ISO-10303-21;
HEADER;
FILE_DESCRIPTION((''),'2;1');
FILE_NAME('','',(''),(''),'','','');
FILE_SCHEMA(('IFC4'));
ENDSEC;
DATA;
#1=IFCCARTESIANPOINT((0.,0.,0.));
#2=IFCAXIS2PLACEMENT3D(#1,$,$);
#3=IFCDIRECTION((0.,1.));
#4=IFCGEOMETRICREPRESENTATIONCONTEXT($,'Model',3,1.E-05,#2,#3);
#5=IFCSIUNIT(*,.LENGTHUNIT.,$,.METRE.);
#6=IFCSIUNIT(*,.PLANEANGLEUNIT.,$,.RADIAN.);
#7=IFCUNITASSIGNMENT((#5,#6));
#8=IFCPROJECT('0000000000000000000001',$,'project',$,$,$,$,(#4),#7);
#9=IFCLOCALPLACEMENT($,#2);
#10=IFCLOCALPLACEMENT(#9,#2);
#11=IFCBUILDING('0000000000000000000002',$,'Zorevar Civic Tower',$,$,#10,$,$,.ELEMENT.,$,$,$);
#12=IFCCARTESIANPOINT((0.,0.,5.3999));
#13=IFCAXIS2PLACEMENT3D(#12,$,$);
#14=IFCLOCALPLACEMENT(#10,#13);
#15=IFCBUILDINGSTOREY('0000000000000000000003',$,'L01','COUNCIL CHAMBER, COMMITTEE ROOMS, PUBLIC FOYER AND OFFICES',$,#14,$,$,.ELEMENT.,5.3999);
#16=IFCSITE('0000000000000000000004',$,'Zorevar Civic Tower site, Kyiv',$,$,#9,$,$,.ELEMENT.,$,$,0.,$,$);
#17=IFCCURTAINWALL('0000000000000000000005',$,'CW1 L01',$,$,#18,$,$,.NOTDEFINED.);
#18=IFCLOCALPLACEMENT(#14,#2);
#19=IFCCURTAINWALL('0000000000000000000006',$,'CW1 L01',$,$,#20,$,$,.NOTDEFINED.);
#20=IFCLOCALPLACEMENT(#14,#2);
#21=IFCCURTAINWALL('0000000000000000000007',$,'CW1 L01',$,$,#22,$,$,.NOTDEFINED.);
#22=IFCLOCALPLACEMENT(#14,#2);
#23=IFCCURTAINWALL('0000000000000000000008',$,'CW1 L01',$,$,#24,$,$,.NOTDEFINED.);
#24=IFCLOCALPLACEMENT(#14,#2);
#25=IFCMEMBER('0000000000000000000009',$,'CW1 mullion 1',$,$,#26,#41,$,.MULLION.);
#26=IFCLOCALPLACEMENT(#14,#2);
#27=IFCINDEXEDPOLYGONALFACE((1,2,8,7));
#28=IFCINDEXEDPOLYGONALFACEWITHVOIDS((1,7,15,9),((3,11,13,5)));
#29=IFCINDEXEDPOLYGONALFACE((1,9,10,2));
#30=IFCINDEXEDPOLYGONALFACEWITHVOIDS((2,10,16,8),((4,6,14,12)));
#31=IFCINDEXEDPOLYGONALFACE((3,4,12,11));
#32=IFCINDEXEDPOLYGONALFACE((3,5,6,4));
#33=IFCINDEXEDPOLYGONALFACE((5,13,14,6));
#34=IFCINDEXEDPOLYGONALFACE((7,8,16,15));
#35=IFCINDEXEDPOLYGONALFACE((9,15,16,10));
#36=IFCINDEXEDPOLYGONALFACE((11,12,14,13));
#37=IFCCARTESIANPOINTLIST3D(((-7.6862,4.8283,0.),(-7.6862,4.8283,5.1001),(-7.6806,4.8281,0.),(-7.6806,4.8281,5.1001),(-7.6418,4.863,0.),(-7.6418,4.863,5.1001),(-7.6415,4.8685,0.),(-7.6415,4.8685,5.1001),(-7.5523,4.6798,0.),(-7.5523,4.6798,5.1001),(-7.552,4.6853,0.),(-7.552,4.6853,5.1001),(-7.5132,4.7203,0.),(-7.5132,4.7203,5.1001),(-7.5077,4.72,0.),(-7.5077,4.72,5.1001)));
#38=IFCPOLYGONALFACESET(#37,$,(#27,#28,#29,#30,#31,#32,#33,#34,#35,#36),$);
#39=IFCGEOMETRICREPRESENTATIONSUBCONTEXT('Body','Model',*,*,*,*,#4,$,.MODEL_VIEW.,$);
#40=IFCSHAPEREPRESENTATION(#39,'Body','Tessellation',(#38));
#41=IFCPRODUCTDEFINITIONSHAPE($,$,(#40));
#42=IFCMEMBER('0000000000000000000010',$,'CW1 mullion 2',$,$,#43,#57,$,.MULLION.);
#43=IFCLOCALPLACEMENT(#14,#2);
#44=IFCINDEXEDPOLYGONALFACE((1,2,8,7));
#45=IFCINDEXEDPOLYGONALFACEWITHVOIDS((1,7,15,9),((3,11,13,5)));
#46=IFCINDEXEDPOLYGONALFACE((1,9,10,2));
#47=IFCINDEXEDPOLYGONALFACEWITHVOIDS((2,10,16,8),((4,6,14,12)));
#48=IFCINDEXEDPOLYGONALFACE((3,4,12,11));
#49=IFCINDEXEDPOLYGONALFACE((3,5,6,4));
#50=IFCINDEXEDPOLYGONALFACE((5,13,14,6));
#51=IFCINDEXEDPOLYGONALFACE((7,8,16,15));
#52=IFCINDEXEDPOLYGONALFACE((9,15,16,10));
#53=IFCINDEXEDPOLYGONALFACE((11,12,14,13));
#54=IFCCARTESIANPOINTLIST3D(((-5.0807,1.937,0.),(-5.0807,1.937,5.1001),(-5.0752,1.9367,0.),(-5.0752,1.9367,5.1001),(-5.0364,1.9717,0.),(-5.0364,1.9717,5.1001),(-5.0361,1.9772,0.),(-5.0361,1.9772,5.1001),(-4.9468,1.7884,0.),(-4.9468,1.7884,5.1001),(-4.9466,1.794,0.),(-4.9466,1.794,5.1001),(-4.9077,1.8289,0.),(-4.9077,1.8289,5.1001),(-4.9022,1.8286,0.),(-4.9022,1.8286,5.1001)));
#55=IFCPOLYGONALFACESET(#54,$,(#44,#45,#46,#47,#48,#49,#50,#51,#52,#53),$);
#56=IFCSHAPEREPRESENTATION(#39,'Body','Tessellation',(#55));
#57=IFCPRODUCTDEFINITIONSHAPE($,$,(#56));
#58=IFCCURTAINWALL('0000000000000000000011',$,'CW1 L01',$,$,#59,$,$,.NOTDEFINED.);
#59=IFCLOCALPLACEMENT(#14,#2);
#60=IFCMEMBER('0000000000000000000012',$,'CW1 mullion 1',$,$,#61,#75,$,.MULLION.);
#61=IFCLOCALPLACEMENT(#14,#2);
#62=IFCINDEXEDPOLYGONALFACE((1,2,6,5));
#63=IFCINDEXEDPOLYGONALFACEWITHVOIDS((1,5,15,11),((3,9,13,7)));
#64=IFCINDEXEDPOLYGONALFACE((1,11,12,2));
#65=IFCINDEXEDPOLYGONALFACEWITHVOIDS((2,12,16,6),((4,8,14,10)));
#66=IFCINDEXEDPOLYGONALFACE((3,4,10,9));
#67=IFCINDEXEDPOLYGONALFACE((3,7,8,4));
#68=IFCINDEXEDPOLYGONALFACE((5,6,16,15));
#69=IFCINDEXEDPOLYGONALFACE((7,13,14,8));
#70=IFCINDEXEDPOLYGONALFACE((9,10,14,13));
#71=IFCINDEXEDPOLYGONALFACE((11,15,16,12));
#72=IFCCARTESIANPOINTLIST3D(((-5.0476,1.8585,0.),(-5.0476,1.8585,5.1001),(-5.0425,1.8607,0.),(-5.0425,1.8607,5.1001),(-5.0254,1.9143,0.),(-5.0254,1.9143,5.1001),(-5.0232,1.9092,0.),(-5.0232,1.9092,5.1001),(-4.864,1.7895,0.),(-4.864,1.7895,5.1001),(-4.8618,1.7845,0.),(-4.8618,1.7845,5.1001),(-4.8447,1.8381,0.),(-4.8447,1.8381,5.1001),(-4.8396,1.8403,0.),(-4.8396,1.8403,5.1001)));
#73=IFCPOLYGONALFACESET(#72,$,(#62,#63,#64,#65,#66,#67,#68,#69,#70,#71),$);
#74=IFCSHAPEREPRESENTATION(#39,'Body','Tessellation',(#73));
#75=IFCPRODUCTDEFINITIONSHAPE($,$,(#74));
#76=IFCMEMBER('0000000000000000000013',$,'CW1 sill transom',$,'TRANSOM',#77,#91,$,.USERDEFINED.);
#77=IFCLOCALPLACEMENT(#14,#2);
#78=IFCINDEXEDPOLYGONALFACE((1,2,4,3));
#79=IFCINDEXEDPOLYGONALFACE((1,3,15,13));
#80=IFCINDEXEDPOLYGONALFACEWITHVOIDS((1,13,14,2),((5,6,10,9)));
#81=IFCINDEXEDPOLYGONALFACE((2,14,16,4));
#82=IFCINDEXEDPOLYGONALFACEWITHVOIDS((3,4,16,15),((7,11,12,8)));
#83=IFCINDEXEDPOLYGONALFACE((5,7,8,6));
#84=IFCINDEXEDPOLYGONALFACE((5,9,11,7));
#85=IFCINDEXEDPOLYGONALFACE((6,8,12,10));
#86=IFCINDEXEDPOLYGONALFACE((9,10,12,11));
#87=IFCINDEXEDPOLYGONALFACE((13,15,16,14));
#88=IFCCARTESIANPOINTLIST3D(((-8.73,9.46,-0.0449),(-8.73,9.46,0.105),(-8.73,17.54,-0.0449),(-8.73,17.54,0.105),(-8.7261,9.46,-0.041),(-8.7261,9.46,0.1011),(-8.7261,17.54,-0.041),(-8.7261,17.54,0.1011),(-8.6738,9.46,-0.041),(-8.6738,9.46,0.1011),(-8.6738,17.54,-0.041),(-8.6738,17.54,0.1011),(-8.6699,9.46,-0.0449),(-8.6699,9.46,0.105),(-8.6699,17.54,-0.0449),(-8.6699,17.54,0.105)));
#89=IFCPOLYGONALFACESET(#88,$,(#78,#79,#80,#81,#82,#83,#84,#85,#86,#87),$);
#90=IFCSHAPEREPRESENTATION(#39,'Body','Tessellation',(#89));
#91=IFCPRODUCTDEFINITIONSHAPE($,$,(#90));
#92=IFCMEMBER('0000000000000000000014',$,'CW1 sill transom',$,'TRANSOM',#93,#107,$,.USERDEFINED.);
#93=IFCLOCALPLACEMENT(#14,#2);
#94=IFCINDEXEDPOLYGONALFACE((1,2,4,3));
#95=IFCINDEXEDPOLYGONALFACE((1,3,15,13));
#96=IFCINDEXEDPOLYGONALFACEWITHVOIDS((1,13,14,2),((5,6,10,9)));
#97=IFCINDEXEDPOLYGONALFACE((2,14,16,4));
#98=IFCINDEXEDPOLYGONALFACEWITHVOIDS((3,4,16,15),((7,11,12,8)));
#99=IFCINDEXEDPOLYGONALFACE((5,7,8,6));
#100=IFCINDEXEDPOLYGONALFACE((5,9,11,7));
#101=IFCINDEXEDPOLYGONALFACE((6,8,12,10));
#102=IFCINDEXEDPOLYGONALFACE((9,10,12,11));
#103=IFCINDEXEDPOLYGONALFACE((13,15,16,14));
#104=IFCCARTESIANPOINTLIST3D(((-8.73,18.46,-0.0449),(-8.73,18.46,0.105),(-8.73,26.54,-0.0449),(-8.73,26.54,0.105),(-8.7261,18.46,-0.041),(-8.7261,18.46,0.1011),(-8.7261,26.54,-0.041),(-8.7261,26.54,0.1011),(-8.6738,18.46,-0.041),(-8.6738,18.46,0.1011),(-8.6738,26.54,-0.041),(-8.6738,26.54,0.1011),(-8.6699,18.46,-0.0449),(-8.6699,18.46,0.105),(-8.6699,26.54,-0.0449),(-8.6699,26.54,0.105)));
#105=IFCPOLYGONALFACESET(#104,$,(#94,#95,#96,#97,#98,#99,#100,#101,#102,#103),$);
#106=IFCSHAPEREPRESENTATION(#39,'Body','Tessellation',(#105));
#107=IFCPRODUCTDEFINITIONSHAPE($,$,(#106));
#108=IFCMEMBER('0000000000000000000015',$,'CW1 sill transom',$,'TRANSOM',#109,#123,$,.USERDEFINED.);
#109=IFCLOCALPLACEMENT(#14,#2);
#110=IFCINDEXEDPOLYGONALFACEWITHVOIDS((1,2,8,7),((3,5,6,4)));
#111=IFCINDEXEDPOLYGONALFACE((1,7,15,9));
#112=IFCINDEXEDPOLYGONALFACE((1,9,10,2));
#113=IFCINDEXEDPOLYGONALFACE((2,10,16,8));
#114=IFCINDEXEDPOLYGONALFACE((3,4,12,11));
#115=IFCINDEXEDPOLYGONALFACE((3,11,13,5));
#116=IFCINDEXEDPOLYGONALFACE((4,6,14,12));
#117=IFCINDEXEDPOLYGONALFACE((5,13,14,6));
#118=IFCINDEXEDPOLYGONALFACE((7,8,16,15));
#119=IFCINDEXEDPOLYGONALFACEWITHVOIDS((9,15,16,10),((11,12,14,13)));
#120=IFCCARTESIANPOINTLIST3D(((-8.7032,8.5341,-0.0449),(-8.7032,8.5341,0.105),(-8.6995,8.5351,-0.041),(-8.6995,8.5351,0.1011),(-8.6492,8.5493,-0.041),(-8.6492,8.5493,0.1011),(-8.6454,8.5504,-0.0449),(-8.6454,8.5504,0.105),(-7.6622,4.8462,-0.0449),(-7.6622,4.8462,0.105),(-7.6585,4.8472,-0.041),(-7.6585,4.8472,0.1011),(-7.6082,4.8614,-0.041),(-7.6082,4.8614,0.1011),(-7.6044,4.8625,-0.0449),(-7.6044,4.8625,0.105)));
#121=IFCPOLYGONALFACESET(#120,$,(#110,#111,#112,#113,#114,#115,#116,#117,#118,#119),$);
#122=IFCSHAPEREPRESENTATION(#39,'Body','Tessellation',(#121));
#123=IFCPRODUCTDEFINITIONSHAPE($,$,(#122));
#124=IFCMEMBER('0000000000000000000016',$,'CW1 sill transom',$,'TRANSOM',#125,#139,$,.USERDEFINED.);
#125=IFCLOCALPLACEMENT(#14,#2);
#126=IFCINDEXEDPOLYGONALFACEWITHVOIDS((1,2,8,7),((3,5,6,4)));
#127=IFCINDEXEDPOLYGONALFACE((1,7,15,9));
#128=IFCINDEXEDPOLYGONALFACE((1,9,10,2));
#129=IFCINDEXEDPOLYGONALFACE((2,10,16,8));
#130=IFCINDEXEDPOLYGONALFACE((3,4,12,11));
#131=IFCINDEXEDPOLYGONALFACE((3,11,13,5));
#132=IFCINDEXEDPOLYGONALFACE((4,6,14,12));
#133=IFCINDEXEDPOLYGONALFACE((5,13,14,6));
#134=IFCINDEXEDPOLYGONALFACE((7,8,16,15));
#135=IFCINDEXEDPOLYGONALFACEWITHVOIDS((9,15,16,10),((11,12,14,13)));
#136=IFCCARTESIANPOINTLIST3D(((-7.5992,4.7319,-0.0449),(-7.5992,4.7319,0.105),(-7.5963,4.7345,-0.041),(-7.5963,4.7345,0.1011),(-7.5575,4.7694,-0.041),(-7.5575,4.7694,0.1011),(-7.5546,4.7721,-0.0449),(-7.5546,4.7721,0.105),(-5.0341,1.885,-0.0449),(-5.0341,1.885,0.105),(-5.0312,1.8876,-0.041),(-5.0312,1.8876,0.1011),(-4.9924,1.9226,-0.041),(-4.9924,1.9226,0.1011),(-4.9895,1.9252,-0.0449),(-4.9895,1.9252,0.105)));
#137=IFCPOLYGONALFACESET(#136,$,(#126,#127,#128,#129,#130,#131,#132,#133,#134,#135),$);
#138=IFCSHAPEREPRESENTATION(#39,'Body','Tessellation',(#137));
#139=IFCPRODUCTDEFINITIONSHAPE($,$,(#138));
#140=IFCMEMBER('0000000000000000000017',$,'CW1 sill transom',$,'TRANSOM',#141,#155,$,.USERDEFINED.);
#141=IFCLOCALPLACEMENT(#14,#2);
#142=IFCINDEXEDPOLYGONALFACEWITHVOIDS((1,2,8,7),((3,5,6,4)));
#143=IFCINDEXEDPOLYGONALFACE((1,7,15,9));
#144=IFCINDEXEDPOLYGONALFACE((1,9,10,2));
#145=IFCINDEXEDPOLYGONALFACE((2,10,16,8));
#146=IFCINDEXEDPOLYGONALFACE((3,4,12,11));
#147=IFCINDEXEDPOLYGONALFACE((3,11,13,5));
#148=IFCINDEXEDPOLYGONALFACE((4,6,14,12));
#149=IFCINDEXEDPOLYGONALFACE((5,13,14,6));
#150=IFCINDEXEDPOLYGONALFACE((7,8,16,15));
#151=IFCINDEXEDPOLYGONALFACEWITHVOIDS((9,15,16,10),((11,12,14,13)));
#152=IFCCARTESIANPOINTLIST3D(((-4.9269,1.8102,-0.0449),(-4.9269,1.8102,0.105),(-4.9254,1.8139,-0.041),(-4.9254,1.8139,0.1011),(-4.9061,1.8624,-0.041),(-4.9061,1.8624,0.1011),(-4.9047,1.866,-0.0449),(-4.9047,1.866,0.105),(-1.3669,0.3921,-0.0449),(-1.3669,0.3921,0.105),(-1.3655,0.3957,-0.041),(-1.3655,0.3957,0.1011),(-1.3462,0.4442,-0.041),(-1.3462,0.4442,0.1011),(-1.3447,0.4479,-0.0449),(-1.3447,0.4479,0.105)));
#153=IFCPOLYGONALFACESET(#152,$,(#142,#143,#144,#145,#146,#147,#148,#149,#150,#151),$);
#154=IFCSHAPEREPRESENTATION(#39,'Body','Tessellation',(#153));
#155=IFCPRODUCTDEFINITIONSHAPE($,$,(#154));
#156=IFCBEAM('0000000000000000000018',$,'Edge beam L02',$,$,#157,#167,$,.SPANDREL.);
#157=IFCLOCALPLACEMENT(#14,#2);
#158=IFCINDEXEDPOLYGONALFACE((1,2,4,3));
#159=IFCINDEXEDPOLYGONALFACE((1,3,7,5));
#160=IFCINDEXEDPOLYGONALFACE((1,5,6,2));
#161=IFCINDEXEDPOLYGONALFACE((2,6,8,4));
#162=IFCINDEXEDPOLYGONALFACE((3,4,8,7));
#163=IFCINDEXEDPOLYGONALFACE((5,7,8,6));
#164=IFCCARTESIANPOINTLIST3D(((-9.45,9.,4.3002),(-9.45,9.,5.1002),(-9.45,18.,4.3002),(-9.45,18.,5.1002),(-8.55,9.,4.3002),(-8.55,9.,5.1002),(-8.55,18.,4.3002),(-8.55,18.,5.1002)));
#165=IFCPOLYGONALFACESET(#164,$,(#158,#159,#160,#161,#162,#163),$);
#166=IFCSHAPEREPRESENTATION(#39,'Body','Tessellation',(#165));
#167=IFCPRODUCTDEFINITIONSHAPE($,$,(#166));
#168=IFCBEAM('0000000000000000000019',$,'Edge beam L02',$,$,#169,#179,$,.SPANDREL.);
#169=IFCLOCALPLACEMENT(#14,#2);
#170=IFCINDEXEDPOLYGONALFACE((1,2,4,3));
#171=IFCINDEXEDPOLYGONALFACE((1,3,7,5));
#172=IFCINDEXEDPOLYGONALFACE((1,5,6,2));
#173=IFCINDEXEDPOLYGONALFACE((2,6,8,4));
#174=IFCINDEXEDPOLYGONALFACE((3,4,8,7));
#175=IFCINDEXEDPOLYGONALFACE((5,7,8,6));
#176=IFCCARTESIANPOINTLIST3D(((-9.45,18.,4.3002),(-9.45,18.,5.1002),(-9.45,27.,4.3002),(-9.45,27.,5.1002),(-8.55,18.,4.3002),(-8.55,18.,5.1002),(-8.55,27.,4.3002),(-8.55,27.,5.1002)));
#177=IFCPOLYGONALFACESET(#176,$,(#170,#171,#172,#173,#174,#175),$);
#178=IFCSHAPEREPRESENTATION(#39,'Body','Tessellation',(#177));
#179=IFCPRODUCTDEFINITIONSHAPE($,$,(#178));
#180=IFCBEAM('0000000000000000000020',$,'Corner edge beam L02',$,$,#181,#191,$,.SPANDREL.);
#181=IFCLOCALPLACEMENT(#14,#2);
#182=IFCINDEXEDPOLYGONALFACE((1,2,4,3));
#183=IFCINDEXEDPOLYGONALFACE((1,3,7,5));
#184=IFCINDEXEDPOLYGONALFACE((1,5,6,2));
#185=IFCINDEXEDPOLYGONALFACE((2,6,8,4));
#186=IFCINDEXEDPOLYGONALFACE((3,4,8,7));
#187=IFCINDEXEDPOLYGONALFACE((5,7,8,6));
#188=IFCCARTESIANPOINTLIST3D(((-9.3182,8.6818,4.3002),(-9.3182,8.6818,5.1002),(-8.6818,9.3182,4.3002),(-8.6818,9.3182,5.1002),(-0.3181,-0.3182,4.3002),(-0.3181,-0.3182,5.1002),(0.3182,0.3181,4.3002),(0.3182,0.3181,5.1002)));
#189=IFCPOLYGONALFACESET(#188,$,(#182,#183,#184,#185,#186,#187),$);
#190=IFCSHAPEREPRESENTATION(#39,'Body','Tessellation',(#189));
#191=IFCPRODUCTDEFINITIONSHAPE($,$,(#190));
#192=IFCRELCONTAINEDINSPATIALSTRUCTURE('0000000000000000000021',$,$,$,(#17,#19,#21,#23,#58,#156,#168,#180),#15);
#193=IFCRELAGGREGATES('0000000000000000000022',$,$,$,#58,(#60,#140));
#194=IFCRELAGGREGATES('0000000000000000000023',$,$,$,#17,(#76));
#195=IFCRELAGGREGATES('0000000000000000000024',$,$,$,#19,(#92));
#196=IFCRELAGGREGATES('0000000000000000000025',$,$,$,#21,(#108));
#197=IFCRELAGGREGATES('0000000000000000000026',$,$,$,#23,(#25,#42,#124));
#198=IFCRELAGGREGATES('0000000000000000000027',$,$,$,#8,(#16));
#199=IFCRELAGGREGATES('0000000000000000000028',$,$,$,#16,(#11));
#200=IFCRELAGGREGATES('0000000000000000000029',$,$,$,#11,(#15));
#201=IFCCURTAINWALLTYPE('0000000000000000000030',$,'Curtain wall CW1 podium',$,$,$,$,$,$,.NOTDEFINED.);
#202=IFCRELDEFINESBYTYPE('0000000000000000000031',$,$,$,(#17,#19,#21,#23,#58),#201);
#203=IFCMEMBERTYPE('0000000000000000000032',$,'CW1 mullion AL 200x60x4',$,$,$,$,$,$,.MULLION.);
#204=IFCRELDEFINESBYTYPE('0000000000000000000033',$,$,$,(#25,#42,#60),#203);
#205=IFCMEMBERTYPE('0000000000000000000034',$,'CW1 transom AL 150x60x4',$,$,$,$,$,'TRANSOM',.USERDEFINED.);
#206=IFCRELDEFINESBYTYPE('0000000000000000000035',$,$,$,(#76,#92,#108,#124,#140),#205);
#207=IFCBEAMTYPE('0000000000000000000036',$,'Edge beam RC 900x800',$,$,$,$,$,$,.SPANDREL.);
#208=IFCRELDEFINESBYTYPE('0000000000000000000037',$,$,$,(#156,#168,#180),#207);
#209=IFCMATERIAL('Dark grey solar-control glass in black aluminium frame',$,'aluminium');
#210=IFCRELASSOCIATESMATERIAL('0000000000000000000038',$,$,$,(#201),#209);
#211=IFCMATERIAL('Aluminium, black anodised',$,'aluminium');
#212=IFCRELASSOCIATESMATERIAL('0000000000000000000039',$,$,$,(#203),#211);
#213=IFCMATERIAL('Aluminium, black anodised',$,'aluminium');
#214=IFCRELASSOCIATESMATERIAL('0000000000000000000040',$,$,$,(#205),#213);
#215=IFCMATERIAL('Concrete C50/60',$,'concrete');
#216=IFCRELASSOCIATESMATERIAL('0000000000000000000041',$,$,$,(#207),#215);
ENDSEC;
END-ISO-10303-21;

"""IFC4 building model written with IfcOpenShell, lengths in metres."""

from ifc_helpers import new_model, si_unit, direction, frame, origin, origin_2d, place, context, subcontext, project, spatial, rectangle, hollow_rectangle, extrude, material, material_profile, profile_set, type_object, element, aggregate, save


model = new_model("IFC4")

# Units and contexts
model_context = context("Model", 3, precision=1e-05, world=origin(), true_north=direction((0.0, 1.0)))
body_context = subcontext(model_context, "Body", "Model", "MODEL_VIEW")
ifc_project = project(units=[si_unit("LENGTHUNIT", "METRE"), si_unit("PLANEANGLEUNIT", "RADIAN")], contexts=[model_context])

# Site, building, storey
site_placement = place(None, origin())
site = spatial("IfcSite", under=ifc_project, at=site_placement, Name="Zorevar Civic Tower site, Kyiv", CompositionType="ELEMENT", RefElevation=0.0)
building_placement = place(site_placement, origin())
building = spatial("IfcBuilding", under=site, at=building_placement, Name="Zorevar Civic Tower", CompositionType="ELEMENT")
storey_placement = place(building_placement, frame((0.0, 0.0, 5.3999)))
storey = spatial("IfcBuildingStorey", under=building, at=storey_placement, Name="L01", Description="COUNCIL CHAMBER, COMMITTEE ROOMS, PUBLIC FOYER AND OFFICES", CompositionType="ELEMENT", Elevation=5.3999)

# Curtain wall
ifc_material_1 = material(Name="Dark grey solar-control glass in black aluminium frame", Category="aluminium")
curtain_wall_type = type_object("IfcCurtainWallType", Name="Curtain wall CW1 podium", PredefinedType="NOTDEFINED", material=ifc_material_1)
curtain_wall_1_placement = place(storey_placement, origin())
curtain_wall_1 = element("IfcCurtainWall", 1, at=curtain_wall_1_placement, inside=storey, type_object=curtain_wall_type, Name="CW1 L01", PredefinedType="NOTDEFINED")
ifc_material_2 = material(Name="Aluminium, black anodised", Category="aluminium")
ifc_material_profile_1 = material_profile(ifc_material_2, hollow_rectangle(XDim=0.0601, YDim=0.2, WallThickness=0.0039, at=origin_2d()), Name="AL 200x60x4")
ifc_profile_set_1 = profile_set([ifc_material_profile_1], Name="Aluminium, black anodised")
member_type_1 = type_object("IfcMemberType", Name="CW1 mullion AL 200x60x4", PredefinedType="MULLION", material=ifc_profile_set_1)

# Curtain wall
curtain_wall_2_placement = place(storey_placement, origin())
curtain_wall_2 = element("IfcCurtainWall", 2, at=curtain_wall_2_placement, inside=storey, type_object=curtain_wall_type, Name="CW1 L01", PredefinedType="NOTDEFINED")

# Curtain walls, members
curtain_wall_3_placement = place(storey_placement, origin())
curtain_wall_3 = element("IfcCurtainWall", 3, at=curtain_wall_3_placement, inside=storey, type_object=curtain_wall_type, Name="CW1 L01", PredefinedType="NOTDEFINED")
curtain_wall_4_placement = place(storey_placement, origin())
curtain_wall_4 = element("IfcCurtainWall", 4, at=curtain_wall_4_placement, inside=storey, type_object=curtain_wall_type, Name="CW1 L01", PredefinedType="NOTDEFINED")
member_1_placement = place(storey_placement, frame((-7.5969, 4.7742, 0.0), z_axis=(0.0, 0.0, 1.0), x_axis=(0.7429, 0.669403, 0.0)))
member_1 = element("IfcMember", 5, at=member_1_placement, type_object=member_type_1, Name="CW1 mullion 1", PredefinedType="MULLION", context=body_context, shape_type="SweptSolid", body=[
    extrude(hollow_rectangle(XDim=0.0601, YDim=0.2, WallThickness=0.0039, at=origin_2d()), origin(), (0.0, 0.0, 1.0), 5.1001),
])
member_2_placement = place(storey_placement, frame((-4.9915, 1.8828, 0.0), z_axis=(0.0, 0.0, 1.0), x_axis=(0.7429, 0.669403, 0.0)))
member_2 = element("IfcMember", 6, at=member_2_placement, type_object=member_type_1, Name="CW1 mullion 2", PredefinedType="MULLION", context=body_context, shape_type="SweptSolid", body=[
    extrude(hollow_rectangle(XDim=0.0601, YDim=0.2, WallThickness=0.0039, at=origin_2d()), origin(), (0.0, 0.0, 1.0), 5.1001),
])

# Curtain wall, member
curtain_wall_5_placement = place(storey_placement, origin())
curtain_wall_5 = element("IfcCurtainWall", 7, at=curtain_wall_5_placement, inside=storey, type_object=curtain_wall_type, Name="CW1 L01", PredefinedType="NOTDEFINED")
member_3_placement = place(storey_placement, frame((-4.9436, 1.8494, 0.0), z_axis=(0.0, 0.0, 1.0), x_axis=(0.370111, 0.928988, 0.0)))
member_3 = element("IfcMember", 8, at=member_3_placement, type_object=member_type_1, Name="CW1 mullion 1", PredefinedType="MULLION", context=body_context, shape_type="SweptSolid", body=[
    extrude(hollow_rectangle(XDim=0.0601, YDim=0.2, WallThickness=0.0039, at=origin_2d()), origin(), (0.0, 0.0, 1.0), 5.1001),
])

# Members
ifc_material_3 = material(Name="Aluminium, black anodised", Category="aluminium")
ifc_material_profile_2 = material_profile(ifc_material_3, hollow_rectangle(XDim=0.0601, YDim=0.1499, WallThickness=0.0039, at=origin_2d()), Name="AL 150x60x4")
ifc_profile_set_2 = profile_set([ifc_material_profile_2], Name="Aluminium, black anodised")
member_type_2 = type_object("IfcMemberType", Name="CW1 transom AL 150x60x4", ElementType="TRANSOM", PredefinedType="USERDEFINED", material=ifc_profile_set_2)
member_4_placement = place(storey_placement, frame((-8.7, 9.46, 0.03), z_axis=(0.0, 1.0, 0.0), x_axis=(-1.0, 0.0, 0.0)))
member_4 = element("IfcMember", 9, at=member_4_placement, type_object=member_type_2, Name="CW1 sill transom", ObjectType="TRANSOM", PredefinedType="USERDEFINED", context=body_context, shape_type="SweptSolid", body=[
    extrude(hollow_rectangle(XDim=0.0601, YDim=0.1499, WallThickness=0.0039, at=origin_2d()), origin(), (0.0, 0.0, 1.0), 8.0801),
])
member_5_placement = place(storey_placement, frame((-8.7, 18.46, 0.03), z_axis=(0.0, 1.0, 0.0), x_axis=(-1.0, 0.0, 0.0)))
member_5 = element("IfcMember", 10, at=member_5_placement, type_object=member_type_2, Name="CW1 sill transom", ObjectType="TRANSOM", PredefinedType="USERDEFINED", context=body_context, shape_type="SweptSolid", body=[
    extrude(hollow_rectangle(XDim=0.0601, YDim=0.1499, WallThickness=0.0039, at=origin_2d()), origin(), (0.0, 0.0, 1.0), 8.0801),
])
member_6_placement = place(storey_placement, frame((-8.6743, 8.5422, 0.03), z_axis=(0.271657, -0.962394, 0.0), x_axis=(0.962394, 0.271657, 0.0)))
member_6 = element("IfcMember", 11, at=member_6_placement, type_object=member_type_2, Name="CW1 sill transom", ObjectType="TRANSOM", PredefinedType="USERDEFINED", context=body_context, shape_type="SweptSolid", body=[
    extrude(hollow_rectangle(XDim=0.0601, YDim=0.1499, WallThickness=0.0039, at=origin_2d()), origin(), (0.0, 0.0, 1.0), 3.832),
])
member_7_placement = place(storey_placement, frame((-7.5769, 4.752, 0.03), z_axis=(0.669391, -0.742911, 0.0), x_axis=(0.742911, 0.669391, 0.0)))
member_7 = element("IfcMember", 12, at=member_7_placement, type_object=member_type_2, Name="CW1 sill transom", ObjectType="TRANSOM", PredefinedType="USERDEFINED", context=body_context, shape_type="SweptSolid", body=[
    extrude(hollow_rectangle(XDim=0.0601, YDim=0.1499, WallThickness=0.0039, at=origin_2d()), origin(), (0.0, 0.0, 1.0), 3.832),
])
member_8_placement = place(storey_placement, frame((-4.9158, 1.8381, 0.03), z_axis=(0.928999, -0.370083, 0.0), x_axis=(0.370083, 0.928999, 0.0)))
member_8 = element("IfcMember", 13, at=member_8_placement, type_object=member_type_2, Name="CW1 sill transom", ObjectType="TRANSOM", PredefinedType="USERDEFINED", context=body_context, shape_type="SweptSolid", body=[
    extrude(hollow_rectangle(XDim=0.0601, YDim=0.1499, WallThickness=0.0039, at=origin_2d()), origin(), (0.0, 0.0, 1.0), 3.832),
])
aggregate(curtain_wall_5, [member_3, member_8])

# Beams
ifc_material_4 = material(Name="Concrete C50/60", Category="concrete")
ifc_material_profile_3 = material_profile(ifc_material_4, rectangle(XDim=0.8999, YDim=0.8, at=origin_2d()), Name="RC 900x800")
ifc_profile_set_3 = profile_set([ifc_material_profile_3], Name="Concrete C50/60")
beam_type_1 = type_object("IfcBeamType", Name="Edge beam RC 900x800", PredefinedType="SPANDREL", material=ifc_profile_set_3)
for number, where, z_axis, x_axis, name in (
    (14, (-9.0, 9.0, 4.7002), (0.0, 1.0, 0.0), (-1.0, 0.0, 0.0), "Edge beam L02"),
    (15, (-9.0, 18.0, 4.7002), (0.0, 1.0, 0.0), (-1.0, 0.0, 0.0), "Edge beam L02"),
):
    element("IfcBeam", number, at=place(storey_placement, frame(where, z_axis=z_axis, x_axis=x_axis)), inside=storey, type_object=beam_type_1, Name=name, PredefinedType="SPANDREL", context=body_context, shape_type="SweptSolid", body=[
        extrude(rectangle(XDim=0.8999, YDim=0.8, at=origin_2d()), origin(), (0.0, 0.0, 1.0), 9.0),
    ])
beam_1_placement = place(storey_placement, frame((-9.0, 9.0, 4.7002), z_axis=(0.707107, -0.707107, 0.0), x_axis=(0.707107, 0.707107, 0.0)))
element("IfcBeam", 16, at=beam_1_placement, inside=storey, type_object=beam_type_1, Name="Corner edge beam L02", PredefinedType="SPANDREL", context=body_context, shape_type="SweptSolid", body=[
    extrude(rectangle(XDim=0.8999, YDim=0.8, at=origin_2d()), origin(), (0.0, 0.0, 1.0), 12.728),
])

aggregate(curtain_wall_1, [member_4])
aggregate(curtain_wall_2, [member_5])
aggregate(curtain_wall_3, [member_6])
aggregate(curtain_wall_4, [member_1, member_2, member_7])

save(model, "model.ifc")
